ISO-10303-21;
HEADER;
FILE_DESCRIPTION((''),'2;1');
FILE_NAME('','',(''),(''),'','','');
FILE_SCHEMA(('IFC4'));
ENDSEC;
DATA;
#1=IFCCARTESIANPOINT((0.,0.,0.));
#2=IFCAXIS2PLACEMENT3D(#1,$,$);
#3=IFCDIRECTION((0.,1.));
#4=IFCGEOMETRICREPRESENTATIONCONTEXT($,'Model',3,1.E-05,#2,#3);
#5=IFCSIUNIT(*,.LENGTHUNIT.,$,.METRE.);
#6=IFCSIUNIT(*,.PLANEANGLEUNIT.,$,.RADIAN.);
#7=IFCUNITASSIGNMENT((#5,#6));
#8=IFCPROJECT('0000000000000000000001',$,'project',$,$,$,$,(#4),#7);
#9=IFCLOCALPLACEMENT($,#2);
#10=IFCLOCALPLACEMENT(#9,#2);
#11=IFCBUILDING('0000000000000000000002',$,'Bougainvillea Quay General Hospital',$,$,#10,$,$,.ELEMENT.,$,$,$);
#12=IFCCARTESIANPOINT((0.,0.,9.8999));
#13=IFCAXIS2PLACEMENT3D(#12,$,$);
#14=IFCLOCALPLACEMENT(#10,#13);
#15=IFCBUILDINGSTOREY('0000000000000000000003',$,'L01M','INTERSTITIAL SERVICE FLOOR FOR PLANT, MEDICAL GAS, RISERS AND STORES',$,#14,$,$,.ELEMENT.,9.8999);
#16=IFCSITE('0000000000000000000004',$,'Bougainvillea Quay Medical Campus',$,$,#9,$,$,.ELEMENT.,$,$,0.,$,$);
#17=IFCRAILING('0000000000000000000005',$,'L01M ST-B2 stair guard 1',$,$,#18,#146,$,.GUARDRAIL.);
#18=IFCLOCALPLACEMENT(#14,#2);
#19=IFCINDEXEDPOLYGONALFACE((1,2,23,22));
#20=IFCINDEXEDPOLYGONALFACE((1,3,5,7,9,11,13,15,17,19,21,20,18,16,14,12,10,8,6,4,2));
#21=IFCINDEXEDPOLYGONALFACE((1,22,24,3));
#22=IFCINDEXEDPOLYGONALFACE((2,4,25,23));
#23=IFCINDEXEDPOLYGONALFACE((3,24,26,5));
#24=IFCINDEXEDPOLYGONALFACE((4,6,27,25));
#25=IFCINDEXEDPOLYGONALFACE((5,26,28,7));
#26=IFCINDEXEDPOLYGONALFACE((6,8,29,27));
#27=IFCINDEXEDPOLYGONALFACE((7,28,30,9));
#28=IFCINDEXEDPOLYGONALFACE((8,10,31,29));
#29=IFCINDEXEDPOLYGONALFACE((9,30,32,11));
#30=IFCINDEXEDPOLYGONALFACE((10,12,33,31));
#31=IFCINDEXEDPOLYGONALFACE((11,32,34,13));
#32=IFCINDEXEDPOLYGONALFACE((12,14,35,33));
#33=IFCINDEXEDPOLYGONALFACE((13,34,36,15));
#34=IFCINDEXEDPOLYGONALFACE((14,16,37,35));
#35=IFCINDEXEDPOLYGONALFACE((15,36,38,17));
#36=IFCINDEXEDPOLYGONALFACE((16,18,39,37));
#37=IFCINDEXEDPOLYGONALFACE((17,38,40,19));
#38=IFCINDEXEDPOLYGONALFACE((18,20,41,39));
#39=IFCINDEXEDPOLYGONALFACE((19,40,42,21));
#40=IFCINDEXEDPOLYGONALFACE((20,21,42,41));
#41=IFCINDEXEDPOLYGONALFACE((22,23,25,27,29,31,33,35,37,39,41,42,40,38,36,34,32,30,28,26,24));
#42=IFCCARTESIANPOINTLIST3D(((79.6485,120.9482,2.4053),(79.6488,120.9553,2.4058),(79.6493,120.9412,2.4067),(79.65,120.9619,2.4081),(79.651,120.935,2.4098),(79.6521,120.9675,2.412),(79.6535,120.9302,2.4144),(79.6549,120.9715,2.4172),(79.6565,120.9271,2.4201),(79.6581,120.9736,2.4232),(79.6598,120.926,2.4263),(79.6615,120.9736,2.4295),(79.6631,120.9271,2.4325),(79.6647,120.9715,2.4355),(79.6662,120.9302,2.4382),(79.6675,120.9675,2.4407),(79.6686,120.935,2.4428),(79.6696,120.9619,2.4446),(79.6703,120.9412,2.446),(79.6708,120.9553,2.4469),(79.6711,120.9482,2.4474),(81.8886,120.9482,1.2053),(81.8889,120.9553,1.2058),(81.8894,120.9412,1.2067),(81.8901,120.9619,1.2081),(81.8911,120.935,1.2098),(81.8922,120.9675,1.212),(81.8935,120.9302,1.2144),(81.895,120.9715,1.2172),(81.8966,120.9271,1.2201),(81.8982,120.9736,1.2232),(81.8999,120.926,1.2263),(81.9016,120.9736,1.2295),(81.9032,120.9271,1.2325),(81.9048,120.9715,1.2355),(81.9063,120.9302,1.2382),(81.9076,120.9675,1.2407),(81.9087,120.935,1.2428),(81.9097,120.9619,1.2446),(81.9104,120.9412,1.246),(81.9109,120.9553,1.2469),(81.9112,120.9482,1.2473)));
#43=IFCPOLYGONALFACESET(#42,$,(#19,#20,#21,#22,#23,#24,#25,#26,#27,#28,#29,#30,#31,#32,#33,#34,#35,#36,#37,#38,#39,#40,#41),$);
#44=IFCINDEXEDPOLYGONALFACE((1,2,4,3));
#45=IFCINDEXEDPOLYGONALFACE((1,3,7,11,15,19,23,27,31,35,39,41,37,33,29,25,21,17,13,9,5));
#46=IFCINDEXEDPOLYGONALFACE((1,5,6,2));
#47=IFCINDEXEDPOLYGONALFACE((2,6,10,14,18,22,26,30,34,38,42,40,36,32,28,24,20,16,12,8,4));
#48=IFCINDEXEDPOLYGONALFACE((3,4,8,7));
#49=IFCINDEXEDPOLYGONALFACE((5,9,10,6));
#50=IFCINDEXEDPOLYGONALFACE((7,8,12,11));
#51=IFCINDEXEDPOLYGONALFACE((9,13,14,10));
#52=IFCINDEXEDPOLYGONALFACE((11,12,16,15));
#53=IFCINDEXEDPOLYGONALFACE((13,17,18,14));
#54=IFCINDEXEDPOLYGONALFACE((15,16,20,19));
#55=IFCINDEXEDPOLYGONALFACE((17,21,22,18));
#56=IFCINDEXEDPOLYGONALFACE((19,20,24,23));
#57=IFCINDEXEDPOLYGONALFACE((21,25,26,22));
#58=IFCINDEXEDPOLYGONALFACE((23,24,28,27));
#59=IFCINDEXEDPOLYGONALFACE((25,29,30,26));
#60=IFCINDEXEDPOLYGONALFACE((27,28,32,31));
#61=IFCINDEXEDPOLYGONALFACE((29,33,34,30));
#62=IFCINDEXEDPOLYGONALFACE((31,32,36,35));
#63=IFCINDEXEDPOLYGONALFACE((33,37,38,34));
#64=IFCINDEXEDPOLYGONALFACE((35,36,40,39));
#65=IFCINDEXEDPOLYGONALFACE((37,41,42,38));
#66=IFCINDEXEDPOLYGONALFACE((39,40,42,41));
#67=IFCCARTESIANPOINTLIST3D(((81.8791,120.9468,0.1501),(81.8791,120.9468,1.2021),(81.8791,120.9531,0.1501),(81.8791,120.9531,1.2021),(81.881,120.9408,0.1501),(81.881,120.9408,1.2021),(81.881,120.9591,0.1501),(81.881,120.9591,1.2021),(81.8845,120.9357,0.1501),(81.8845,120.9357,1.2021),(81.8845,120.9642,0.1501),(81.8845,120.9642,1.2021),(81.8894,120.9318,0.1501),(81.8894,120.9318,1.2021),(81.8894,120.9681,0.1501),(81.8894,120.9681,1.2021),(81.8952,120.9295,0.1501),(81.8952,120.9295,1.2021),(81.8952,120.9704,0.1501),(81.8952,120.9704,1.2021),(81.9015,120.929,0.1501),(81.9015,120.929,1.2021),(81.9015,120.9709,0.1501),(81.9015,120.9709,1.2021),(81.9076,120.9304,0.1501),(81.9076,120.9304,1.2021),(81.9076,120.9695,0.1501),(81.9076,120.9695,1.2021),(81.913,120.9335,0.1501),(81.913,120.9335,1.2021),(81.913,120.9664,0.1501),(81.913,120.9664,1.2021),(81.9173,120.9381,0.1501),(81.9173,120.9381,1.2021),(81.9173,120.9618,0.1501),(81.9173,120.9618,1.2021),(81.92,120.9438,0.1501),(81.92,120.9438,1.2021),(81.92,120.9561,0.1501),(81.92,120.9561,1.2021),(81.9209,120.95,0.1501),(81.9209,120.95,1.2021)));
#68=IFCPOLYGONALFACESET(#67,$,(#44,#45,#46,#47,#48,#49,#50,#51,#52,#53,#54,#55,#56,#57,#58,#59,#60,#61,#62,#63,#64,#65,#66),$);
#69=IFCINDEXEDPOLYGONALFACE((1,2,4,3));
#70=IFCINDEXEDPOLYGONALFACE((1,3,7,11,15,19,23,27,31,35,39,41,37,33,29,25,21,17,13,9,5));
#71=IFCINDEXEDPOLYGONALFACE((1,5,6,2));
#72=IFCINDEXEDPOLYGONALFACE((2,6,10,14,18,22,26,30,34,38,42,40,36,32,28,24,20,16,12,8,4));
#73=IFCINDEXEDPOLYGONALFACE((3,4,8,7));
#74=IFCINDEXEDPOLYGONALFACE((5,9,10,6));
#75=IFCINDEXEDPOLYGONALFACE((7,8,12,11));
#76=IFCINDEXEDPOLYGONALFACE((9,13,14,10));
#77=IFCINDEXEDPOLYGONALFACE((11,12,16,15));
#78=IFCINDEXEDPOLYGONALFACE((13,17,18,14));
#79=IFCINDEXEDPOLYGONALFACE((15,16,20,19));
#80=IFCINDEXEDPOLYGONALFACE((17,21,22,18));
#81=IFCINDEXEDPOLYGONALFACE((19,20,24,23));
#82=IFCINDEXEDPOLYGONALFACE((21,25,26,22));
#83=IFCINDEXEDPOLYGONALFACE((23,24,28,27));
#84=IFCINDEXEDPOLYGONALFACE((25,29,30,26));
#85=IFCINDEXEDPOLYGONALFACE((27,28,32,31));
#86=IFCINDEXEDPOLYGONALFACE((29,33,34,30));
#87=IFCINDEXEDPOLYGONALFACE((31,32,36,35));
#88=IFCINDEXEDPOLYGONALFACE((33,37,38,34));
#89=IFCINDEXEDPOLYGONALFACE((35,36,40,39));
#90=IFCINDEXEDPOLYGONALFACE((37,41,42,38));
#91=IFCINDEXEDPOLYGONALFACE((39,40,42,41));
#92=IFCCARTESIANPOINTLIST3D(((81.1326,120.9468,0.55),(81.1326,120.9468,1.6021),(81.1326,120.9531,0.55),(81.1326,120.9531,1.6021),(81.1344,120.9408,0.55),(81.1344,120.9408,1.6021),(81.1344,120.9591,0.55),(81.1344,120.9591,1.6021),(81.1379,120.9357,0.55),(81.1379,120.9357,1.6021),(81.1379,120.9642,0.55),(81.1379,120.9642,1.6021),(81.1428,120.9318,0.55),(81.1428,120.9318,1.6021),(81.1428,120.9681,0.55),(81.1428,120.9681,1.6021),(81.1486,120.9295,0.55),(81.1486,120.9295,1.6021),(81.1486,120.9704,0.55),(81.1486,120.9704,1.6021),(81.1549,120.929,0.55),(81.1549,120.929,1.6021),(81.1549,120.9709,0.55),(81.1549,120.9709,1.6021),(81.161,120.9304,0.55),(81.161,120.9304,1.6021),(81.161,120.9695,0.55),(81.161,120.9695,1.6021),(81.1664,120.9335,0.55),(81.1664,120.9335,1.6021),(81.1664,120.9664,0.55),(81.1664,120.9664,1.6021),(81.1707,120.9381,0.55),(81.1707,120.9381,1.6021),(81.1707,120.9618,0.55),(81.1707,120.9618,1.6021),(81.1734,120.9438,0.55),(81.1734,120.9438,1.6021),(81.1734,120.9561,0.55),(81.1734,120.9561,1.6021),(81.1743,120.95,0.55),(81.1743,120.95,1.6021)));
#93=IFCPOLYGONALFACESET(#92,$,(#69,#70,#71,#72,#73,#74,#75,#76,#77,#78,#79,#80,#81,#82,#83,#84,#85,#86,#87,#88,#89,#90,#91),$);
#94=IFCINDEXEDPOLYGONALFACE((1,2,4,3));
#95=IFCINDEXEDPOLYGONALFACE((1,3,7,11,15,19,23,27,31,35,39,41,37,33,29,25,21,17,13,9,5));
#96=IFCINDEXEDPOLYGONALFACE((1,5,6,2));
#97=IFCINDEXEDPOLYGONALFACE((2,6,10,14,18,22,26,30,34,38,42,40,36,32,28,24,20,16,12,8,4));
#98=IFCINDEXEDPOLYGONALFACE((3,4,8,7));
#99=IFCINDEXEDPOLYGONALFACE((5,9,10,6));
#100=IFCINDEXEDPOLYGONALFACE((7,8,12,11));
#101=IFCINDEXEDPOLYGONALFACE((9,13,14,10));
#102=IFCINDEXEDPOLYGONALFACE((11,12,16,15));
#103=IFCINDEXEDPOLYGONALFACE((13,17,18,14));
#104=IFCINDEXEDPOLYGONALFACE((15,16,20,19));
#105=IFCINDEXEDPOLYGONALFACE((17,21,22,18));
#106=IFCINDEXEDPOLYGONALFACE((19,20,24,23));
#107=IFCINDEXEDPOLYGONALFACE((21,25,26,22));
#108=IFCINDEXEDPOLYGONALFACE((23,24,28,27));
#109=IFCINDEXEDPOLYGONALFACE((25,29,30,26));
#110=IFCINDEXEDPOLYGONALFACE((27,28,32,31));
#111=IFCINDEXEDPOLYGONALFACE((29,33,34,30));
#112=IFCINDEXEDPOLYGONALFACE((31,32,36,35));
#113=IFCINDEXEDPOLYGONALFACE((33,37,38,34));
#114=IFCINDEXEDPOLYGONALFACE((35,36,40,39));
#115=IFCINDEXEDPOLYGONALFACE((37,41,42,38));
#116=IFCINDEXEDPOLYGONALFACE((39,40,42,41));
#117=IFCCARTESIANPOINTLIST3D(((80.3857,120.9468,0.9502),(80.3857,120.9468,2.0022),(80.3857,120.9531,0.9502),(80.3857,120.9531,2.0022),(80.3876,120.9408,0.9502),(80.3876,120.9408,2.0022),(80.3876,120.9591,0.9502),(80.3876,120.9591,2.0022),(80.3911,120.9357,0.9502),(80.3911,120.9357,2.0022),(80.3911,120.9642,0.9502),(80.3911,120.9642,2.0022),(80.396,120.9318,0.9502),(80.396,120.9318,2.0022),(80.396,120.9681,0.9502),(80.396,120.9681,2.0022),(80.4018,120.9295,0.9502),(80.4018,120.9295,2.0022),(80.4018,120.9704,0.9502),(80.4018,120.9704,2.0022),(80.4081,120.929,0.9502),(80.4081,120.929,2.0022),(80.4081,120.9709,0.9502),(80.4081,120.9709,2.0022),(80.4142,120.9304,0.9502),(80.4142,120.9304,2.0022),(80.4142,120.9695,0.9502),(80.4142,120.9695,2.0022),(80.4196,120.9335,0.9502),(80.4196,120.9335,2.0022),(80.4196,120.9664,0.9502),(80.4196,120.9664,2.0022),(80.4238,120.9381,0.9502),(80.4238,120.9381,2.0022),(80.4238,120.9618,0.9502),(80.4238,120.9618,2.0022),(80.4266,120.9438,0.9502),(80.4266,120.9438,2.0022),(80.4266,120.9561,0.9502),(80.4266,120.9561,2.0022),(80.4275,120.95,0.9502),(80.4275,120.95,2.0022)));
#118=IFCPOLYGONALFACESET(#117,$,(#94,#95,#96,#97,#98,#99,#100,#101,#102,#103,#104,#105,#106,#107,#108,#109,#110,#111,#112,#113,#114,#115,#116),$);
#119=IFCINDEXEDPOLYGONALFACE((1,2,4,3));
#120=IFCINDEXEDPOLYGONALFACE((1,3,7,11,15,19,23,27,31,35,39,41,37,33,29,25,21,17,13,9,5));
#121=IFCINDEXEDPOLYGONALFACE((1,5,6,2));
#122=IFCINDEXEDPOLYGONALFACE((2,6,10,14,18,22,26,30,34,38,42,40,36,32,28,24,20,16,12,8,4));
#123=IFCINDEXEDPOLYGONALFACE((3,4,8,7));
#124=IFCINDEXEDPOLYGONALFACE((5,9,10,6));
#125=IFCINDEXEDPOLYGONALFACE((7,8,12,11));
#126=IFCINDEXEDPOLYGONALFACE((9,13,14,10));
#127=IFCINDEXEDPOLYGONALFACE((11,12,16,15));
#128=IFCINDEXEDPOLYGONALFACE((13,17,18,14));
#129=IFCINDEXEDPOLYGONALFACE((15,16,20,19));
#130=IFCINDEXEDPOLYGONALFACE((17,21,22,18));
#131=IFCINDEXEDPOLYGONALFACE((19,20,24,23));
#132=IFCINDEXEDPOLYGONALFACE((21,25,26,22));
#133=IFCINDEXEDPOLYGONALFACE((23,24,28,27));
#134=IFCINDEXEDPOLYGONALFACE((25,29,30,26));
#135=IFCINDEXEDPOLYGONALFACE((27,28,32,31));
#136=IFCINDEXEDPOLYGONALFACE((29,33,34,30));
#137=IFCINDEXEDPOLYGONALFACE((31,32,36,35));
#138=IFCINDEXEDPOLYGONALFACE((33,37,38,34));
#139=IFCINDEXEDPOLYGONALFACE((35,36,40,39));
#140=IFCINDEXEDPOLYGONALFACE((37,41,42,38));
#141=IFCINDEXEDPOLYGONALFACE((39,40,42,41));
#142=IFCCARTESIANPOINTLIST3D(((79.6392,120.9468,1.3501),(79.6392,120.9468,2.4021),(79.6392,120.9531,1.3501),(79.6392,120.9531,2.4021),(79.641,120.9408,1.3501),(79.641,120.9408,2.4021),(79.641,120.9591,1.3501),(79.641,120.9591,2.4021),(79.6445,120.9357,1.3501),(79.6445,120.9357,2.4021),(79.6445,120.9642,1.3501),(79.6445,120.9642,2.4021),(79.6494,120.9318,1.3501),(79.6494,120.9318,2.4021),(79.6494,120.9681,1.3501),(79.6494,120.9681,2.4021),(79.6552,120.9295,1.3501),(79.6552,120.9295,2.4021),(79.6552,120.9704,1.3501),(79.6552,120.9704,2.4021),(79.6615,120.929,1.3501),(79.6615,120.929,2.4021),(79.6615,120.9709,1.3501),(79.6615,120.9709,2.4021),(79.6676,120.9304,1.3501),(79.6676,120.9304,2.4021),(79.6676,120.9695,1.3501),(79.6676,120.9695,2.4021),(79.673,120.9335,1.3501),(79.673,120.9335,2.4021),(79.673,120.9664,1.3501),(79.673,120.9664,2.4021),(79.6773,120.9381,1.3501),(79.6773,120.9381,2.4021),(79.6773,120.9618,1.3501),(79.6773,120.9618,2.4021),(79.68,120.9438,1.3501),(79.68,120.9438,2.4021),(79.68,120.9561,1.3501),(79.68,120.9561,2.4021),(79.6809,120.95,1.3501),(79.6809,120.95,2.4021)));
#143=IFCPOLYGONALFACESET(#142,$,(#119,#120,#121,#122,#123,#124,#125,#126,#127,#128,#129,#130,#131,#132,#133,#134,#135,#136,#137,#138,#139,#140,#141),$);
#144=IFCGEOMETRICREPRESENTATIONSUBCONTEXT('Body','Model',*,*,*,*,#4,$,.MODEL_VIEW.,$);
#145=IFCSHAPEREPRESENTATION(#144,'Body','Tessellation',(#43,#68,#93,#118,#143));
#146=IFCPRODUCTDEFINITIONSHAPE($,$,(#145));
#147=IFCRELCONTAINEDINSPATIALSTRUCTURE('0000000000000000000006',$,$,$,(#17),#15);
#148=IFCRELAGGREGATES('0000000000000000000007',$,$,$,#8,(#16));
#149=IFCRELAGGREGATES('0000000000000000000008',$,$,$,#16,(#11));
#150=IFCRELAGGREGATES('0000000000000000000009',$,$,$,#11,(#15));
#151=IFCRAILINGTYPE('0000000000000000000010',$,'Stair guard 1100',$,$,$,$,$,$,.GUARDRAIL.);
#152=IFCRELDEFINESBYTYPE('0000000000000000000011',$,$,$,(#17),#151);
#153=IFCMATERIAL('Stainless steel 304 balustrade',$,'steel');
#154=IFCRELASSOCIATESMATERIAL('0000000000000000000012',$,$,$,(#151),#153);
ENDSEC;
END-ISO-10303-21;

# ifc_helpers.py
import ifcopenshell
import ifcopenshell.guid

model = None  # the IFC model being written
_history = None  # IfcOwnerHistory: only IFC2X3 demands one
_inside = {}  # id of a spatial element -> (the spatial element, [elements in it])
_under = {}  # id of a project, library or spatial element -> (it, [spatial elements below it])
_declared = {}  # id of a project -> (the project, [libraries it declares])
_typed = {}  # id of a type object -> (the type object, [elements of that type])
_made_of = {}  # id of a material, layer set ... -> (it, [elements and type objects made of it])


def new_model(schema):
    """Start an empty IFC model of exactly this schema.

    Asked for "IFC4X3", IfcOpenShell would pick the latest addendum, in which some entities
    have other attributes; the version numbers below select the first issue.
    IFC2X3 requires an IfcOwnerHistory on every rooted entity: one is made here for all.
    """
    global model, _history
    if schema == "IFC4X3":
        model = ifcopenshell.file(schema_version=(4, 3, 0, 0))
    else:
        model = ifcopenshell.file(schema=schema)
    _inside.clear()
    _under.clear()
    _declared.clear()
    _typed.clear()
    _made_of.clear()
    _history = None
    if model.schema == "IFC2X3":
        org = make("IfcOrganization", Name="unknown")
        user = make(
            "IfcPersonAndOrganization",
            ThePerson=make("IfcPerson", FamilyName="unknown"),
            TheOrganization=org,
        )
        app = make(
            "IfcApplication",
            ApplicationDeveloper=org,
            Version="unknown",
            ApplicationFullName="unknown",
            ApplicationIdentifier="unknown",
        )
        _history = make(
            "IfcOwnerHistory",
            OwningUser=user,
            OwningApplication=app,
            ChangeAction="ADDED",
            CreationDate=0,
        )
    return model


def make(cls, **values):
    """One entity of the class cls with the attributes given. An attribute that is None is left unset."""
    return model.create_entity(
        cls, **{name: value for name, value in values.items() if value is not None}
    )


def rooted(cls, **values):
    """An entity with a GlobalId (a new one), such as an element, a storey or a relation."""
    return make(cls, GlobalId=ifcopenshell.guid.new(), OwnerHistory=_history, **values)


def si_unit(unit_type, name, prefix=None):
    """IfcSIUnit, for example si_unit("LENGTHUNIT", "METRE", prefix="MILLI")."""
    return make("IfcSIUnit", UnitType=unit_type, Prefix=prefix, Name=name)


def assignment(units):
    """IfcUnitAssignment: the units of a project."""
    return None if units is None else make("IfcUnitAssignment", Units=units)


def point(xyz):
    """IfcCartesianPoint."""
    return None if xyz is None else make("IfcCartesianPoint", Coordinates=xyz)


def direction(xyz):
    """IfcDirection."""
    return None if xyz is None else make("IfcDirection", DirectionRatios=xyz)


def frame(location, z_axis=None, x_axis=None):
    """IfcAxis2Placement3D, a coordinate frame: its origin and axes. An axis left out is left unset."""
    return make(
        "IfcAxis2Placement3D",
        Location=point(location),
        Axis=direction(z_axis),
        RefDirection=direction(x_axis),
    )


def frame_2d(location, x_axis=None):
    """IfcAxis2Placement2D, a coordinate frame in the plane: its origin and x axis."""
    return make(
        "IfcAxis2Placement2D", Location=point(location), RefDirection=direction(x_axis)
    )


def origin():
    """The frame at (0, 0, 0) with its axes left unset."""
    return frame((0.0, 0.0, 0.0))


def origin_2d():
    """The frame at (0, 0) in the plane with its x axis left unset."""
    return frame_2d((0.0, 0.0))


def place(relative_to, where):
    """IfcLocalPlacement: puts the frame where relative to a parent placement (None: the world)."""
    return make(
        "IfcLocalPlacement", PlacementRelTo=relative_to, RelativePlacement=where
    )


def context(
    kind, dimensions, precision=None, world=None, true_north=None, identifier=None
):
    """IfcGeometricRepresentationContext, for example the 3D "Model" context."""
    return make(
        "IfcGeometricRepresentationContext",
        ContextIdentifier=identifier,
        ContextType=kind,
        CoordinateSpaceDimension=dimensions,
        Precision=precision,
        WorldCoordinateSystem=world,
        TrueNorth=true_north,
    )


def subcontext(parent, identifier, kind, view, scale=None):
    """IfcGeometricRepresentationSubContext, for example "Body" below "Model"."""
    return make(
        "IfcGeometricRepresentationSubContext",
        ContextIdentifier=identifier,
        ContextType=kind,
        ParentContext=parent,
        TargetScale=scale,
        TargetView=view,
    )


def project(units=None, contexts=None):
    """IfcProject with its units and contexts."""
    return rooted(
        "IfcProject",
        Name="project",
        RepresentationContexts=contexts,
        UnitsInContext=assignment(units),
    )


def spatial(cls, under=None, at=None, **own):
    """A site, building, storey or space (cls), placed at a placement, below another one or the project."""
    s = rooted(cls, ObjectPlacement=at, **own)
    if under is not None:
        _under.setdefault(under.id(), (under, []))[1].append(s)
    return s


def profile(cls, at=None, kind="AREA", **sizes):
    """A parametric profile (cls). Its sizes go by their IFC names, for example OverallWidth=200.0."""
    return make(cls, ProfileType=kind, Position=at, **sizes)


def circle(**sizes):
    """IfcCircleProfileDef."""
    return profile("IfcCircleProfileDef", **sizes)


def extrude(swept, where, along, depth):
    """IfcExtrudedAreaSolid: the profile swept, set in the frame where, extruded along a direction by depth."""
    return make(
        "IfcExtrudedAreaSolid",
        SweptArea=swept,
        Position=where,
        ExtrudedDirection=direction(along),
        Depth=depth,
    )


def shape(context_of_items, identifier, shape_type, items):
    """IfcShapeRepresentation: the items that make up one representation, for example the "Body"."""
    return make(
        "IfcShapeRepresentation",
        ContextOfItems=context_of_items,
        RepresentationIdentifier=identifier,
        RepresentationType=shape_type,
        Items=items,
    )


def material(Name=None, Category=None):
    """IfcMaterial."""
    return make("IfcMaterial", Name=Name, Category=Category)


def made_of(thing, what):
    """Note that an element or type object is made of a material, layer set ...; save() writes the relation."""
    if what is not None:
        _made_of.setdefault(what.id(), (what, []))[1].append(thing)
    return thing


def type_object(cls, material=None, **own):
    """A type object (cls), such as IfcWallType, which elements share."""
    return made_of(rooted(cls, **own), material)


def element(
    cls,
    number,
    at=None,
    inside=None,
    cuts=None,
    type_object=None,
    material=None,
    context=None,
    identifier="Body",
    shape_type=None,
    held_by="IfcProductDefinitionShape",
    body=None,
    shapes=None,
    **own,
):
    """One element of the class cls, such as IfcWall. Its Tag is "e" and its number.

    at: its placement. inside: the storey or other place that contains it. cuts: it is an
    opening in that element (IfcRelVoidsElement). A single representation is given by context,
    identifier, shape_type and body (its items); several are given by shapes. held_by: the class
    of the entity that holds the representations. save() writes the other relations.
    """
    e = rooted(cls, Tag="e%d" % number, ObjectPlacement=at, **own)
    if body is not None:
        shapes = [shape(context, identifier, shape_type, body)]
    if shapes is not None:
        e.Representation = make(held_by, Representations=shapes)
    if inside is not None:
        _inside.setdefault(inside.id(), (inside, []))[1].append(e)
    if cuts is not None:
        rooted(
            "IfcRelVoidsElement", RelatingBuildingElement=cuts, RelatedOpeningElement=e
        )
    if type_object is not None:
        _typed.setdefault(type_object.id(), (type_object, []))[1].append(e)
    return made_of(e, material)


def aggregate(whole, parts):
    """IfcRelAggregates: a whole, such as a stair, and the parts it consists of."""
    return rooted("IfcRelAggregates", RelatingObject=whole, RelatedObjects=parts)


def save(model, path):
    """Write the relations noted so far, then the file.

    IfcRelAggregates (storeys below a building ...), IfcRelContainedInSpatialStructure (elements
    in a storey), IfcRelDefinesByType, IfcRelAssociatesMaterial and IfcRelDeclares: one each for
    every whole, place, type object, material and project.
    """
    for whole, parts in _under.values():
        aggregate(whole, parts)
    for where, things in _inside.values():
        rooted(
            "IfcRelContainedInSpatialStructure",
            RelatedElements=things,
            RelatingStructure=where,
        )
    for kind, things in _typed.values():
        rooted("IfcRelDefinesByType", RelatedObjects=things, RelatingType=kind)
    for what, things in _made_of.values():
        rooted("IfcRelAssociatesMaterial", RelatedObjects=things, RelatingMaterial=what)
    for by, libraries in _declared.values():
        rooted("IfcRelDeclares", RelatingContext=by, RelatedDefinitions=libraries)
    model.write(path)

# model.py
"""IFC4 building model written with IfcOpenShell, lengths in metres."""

from ifc_helpers import new_model, si_unit, direction, frame, origin, origin_2d, place, context, subcontext, project, spatial, circle, extrude, material, type_object, element, save


model = new_model("IFC4")

# Units and contexts
model_context = context("Model", 3, precision=1e-05, world=origin(), true_north=direction((0.0, 1.0)))
body_context = subcontext(model_context, "Body", "Model", "MODEL_VIEW")
ifc_project = project(units=[si_unit("LENGTHUNIT", "METRE"), si_unit("PLANEANGLEUNIT", "RADIAN")], contexts=[model_context])

# Site, building, storey
site_placement = place(None, origin())
site = spatial("IfcSite", under=ifc_project, at=site_placement, Name="Bougainvillea Quay Medical Campus", CompositionType="ELEMENT", RefElevation=0.0)
building_placement = place(site_placement, origin())
building = spatial("IfcBuilding", under=site, at=building_placement, Name="Bougainvillea Quay General Hospital", CompositionType="ELEMENT")
storey_placement = place(building_placement, frame((0.0, 0.0, 9.8999)))
storey = spatial("IfcBuildingStorey", under=building, at=storey_placement, Name="L01M", Description="INTERSTITIAL SERVICE FLOOR FOR PLANT, MEDICAL GAS, RISERS AND STORES", CompositionType="ELEMENT", Elevation=9.8999)

# Railing
ifc_material_1 = material(Name="Stainless steel 304 balustrade", Category="steel")
railing_type_1 = type_object("IfcRailingType", Name="Stair guard 1100", PredefinedType="GUARDRAIL", material=ifc_material_1)
railing_1_placement = place(storey_placement, frame((81.8999, 120.95, 0.1501)))
element("IfcRailing", 1, at=railing_1_placement, inside=storey, type_object=railing_type_1, Name="L01M ST-B2 stair guard 1", PredefinedType="GUARDRAIL", context=body_context, shape_type="SweptSolid", body=[
    extrude(circle(Radius=0.0239, at=origin_2d()), frame((0.0, 0.0, 1.0762), z_axis=(-0.881487, 0.0, 0.472208), x_axis=(0.0, -1.0, 0.0)), (0.0, 0.0, 1.0), 2.5413),
    extrude(circle(Radius=0.021, at=origin_2d()), origin(), (0.0, 0.0, 1.0), 1.052),
    extrude(circle(Radius=0.021, at=origin_2d()), frame((-0.7466, 0.0, 0.3999)), (0.0, 0.0, 1.0), 1.052),
    extrude(circle(Radius=0.021, at=origin_2d()), frame((-1.4934, 0.0, 0.8)), (0.0, 0.0, 1.0), 1.052),
    extrude(circle(Radius=0.021, at=origin_2d()), frame((-2.24, 0.0, 1.2)), (0.0, 0.0, 1.0), 1.052),
])

save(model, "model.ifc")
